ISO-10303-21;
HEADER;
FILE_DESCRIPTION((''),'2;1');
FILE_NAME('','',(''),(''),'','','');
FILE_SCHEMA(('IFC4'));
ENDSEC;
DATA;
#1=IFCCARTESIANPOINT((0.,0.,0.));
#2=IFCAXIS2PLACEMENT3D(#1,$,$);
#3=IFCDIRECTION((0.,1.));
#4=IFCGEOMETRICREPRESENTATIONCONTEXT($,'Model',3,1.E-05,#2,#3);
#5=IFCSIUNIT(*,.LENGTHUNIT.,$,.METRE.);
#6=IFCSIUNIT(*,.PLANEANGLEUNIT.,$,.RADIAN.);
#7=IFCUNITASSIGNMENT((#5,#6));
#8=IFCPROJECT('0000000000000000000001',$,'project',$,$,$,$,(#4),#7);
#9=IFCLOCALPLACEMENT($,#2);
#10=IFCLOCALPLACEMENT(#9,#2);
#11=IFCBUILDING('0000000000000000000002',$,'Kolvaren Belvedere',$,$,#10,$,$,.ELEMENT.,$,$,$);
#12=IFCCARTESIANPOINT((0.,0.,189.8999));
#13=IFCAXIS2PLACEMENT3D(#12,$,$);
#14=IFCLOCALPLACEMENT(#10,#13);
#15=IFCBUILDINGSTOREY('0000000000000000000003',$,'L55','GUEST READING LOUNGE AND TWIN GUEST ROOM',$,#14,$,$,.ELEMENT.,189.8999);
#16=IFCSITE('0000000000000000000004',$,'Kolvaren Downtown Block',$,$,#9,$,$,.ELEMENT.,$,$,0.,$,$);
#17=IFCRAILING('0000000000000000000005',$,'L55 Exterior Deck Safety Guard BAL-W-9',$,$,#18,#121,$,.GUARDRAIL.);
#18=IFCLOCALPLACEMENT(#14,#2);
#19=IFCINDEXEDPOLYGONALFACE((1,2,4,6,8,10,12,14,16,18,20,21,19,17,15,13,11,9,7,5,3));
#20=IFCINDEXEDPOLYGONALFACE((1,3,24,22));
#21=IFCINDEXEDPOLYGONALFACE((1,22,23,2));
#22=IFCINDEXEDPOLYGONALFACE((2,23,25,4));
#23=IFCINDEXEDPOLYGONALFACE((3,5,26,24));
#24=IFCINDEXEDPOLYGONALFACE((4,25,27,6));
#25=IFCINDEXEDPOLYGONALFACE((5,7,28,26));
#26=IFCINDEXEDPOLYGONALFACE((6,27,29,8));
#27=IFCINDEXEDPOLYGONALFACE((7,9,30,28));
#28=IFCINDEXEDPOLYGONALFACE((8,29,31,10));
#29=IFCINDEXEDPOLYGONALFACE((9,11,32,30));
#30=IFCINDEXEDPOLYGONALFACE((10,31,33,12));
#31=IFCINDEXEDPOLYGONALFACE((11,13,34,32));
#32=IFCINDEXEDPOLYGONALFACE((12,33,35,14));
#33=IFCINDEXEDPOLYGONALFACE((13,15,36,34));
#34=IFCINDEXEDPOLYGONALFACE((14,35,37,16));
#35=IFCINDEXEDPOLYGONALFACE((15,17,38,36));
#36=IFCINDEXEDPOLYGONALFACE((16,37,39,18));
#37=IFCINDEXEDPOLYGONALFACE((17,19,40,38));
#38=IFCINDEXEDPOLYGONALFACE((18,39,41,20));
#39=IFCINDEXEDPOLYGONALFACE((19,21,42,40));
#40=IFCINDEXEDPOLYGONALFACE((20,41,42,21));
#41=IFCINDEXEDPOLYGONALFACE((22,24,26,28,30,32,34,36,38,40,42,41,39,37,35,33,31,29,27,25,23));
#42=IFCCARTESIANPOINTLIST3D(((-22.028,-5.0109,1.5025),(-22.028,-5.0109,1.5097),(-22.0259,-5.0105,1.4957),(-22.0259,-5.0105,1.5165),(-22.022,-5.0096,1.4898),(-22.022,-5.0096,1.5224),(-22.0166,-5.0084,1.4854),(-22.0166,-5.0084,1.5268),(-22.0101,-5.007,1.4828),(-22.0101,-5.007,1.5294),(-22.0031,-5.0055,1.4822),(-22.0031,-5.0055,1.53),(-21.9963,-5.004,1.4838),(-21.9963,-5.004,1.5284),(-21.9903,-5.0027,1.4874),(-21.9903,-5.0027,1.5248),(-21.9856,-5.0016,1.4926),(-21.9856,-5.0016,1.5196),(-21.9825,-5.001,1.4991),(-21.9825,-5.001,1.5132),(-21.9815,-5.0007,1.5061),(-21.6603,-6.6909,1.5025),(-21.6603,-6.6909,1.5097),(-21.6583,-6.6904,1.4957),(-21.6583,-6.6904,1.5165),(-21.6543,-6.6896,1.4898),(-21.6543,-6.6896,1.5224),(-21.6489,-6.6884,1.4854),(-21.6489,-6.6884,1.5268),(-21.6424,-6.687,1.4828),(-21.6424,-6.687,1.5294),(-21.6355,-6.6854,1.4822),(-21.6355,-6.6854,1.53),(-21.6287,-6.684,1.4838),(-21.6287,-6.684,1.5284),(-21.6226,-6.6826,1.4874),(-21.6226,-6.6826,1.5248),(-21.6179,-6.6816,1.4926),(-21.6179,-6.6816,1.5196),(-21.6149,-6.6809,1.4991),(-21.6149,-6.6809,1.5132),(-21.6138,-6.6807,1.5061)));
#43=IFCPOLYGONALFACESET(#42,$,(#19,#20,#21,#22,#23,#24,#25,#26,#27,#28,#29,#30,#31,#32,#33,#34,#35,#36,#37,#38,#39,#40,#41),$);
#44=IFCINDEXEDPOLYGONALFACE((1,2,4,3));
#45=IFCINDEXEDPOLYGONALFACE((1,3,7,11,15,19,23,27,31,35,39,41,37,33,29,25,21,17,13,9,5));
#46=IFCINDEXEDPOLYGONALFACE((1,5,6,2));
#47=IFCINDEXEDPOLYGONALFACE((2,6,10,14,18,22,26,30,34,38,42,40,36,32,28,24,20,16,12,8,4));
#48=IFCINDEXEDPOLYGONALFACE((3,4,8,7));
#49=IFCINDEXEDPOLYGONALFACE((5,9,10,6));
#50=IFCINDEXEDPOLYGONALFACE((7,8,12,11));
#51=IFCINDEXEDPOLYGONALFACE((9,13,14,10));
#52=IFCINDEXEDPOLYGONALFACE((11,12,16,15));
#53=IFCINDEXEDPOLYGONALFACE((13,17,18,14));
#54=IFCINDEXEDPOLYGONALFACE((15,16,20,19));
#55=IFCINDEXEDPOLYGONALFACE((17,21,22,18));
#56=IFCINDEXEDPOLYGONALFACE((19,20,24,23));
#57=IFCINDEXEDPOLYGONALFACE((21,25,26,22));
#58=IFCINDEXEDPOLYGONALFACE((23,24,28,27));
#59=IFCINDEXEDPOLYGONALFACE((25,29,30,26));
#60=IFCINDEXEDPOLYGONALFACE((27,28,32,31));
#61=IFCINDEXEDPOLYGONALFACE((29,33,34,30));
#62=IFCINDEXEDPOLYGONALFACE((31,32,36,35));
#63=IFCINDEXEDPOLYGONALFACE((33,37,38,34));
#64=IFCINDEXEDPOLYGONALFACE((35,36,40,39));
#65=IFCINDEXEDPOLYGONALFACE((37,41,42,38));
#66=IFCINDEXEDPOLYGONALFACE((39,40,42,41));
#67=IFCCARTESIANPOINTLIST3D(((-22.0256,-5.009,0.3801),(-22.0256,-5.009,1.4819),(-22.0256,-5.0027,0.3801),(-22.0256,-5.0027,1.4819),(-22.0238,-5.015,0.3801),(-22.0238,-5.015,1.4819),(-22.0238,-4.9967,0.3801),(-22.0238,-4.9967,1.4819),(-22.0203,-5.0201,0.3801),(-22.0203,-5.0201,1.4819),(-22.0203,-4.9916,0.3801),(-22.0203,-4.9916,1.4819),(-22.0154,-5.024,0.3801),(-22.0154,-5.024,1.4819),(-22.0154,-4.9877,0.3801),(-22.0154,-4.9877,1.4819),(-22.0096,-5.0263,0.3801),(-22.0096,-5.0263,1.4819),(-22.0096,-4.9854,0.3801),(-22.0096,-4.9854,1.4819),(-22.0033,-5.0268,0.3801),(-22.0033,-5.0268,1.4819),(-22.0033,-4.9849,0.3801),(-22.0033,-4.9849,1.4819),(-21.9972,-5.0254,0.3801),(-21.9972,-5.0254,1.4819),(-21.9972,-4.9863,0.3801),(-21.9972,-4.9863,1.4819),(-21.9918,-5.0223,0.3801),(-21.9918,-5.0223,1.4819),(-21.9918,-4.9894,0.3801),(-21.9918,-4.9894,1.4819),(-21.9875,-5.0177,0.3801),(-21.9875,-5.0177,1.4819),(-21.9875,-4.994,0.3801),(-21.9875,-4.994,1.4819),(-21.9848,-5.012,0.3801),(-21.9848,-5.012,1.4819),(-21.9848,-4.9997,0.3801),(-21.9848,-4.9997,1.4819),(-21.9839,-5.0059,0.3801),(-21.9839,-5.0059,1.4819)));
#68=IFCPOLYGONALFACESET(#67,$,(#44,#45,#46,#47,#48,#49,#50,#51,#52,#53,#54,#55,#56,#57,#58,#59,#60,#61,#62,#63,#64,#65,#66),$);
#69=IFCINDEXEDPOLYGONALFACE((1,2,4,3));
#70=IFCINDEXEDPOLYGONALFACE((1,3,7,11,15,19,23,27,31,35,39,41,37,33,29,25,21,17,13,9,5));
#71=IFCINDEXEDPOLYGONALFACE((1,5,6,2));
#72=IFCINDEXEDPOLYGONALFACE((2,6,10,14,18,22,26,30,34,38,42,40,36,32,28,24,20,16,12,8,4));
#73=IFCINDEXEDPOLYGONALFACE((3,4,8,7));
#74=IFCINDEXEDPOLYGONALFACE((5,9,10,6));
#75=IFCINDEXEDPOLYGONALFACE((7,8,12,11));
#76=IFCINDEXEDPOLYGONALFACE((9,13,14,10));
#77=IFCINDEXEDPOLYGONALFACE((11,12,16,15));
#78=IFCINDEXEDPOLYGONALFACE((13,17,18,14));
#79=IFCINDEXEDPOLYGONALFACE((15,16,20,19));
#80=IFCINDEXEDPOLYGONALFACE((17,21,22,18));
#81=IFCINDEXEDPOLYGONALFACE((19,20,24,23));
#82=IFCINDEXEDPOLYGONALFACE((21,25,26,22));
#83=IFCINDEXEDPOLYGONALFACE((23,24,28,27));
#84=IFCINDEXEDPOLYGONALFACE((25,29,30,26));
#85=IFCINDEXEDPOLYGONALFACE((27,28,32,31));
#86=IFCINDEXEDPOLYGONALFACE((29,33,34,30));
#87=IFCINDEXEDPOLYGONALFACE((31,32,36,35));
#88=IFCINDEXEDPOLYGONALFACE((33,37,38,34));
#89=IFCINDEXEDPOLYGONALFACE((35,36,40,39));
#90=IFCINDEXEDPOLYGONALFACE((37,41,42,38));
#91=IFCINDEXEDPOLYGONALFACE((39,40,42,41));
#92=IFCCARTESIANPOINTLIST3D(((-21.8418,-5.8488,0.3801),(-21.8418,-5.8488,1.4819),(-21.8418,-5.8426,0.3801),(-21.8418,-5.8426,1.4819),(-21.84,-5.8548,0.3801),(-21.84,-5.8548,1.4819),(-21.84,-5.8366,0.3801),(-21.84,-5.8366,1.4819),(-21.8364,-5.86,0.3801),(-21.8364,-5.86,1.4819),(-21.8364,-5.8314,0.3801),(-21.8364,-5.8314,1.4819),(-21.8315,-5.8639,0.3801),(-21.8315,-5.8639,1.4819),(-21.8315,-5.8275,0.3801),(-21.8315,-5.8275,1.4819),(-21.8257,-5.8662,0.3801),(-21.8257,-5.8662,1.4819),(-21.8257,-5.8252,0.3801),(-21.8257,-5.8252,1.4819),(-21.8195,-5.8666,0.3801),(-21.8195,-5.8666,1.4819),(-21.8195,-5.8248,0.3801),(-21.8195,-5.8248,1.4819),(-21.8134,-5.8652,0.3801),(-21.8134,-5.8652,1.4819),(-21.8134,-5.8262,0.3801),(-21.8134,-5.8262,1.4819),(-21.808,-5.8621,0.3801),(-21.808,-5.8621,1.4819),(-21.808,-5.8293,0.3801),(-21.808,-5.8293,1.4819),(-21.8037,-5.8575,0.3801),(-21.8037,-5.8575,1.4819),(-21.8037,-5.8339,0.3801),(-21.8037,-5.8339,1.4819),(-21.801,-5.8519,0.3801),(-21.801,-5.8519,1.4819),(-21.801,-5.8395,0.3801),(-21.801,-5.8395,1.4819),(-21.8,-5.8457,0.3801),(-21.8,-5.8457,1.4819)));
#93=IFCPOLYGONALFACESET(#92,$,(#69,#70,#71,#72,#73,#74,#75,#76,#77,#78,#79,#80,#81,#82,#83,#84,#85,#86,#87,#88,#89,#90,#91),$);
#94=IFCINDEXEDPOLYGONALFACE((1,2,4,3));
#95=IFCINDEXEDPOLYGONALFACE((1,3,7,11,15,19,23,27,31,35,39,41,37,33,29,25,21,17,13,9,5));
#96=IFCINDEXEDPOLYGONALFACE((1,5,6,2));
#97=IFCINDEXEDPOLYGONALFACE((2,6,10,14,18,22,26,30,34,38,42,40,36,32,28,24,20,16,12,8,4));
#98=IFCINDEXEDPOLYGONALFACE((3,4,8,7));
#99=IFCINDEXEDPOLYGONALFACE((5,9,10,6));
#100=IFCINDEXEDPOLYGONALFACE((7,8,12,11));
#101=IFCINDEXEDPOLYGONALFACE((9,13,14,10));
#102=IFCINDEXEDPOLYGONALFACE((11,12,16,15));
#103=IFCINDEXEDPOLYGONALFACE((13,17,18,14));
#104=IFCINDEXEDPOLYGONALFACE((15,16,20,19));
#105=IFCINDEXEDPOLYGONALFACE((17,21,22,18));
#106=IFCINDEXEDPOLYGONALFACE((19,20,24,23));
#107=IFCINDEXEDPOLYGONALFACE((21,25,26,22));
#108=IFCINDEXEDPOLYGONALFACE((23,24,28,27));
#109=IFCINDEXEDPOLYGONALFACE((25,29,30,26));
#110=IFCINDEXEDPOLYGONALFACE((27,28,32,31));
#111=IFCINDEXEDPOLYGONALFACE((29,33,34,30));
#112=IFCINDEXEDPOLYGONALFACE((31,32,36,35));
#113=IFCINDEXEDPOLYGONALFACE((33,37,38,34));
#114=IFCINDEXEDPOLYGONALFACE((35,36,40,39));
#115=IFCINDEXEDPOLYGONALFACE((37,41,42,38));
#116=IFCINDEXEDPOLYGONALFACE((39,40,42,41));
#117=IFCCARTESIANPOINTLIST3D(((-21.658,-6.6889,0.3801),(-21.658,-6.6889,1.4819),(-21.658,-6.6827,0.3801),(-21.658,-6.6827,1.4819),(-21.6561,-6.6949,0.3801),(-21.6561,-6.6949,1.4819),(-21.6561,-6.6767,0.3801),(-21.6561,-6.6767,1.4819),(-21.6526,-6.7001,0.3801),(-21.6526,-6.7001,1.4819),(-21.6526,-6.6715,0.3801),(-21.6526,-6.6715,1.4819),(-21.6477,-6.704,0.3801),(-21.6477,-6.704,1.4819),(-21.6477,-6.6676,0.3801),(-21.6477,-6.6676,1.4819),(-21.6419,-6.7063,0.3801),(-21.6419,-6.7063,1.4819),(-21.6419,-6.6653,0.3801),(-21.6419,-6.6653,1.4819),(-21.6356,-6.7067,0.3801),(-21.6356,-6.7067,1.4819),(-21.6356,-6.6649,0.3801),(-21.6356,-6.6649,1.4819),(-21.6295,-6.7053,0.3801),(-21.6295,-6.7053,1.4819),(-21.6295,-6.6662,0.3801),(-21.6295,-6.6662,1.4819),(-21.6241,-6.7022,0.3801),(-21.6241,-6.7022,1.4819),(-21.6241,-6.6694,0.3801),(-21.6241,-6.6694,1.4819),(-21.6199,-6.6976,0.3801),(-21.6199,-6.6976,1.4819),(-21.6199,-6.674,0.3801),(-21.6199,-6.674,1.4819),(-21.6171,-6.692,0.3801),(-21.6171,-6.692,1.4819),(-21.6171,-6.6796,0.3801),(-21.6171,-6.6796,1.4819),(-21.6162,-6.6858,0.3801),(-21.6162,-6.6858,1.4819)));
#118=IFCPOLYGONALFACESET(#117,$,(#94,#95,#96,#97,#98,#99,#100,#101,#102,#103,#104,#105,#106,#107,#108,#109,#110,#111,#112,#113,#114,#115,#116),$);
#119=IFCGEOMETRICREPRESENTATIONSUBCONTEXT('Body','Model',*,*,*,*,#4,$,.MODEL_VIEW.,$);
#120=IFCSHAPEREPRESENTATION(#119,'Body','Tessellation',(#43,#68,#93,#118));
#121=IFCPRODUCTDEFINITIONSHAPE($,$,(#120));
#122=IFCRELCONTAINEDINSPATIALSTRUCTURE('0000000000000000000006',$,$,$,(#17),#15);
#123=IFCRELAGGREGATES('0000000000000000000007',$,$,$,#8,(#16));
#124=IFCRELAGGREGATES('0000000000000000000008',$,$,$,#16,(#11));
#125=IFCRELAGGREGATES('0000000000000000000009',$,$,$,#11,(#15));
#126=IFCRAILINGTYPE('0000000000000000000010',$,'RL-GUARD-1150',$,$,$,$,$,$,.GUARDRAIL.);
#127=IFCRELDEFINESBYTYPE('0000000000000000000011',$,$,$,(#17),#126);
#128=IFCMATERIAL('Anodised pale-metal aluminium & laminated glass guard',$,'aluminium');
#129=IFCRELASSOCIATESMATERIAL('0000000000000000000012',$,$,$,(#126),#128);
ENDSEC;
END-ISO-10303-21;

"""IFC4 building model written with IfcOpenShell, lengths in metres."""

from ifc_helpers import new_model, si_unit, direction, frame, origin, origin_2d, place, context, subcontext, project, spatial, circle, extrude, material, type_object, element, save


model = new_model("IFC4")

# Units and contexts
model_context = context("Model", 3, precision=1e-05, world=origin(), true_north=direction((0.0, 1.0)))
body_context = subcontext(model_context, "Body", "Model", "MODEL_VIEW")
ifc_project = project(units=[si_unit("LENGTHUNIT", "METRE"), si_unit("PLANEANGLEUNIT", "RADIAN")], contexts=[model_context])

# Site, building, storey
site_placement = place(None, origin())
site = spatial("IfcSite", under=ifc_project, at=site_placement, Name="Kolvaren Downtown Block", CompositionType="ELEMENT", RefElevation=0.0)
building_placement = place(site_placement, origin())
building = spatial("IfcBuilding", under=site, at=building_placement, Name="Kolvaren Belvedere", CompositionType="ELEMENT")
storey_placement = place(building_placement, frame((0.0, 0.0, 189.8999)))
storey = spatial("IfcBuildingStorey", under=building, at=storey_placement, Name="L55", Description="GUEST READING LOUNGE AND TWIN GUEST ROOM", CompositionType="ELEMENT", Elevation=189.8999)

# Railing
ifc_material_1 = material(Name="Anodised pale-metal aluminium & laminated glass guard", Category="aluminium")
railing_type = type_object("IfcRailingType", Name="RL-GUARD-1150", PredefinedType="GUARDRAIL", material=ifc_material_1)
railing_1_placement = place(storey_placement, frame((-22.0049, -5.0059, 0.3801)))
element("IfcRailing", 1, at=railing_1_placement, inside=storey, type_object=railing_type, Name="L55 Exterior Deck Safety Guard BAL-W-9", PredefinedType="GUARDRAIL", context=body_context, shape_type="SweptSolid", body=[
    extrude(circle(Radius=0.0239, at=origin_2d()), frame((0.0, 0.0, 1.126), z_axis=(0.213803, -0.976877, 0.0), x_axis=(0.976877, 0.213803, 0.0)), (0.0, 0.0, 1.0), 1.7197),
    extrude(circle(Radius=0.021, at=origin_2d()), origin(), (0.0, 0.0, 1.0), 1.1018),
    extrude(circle(Radius=0.021, at=origin_2d()), frame((0.1838, -0.8398, 0.0)), (0.0, 0.0, 1.0), 1.1018),
    extrude(circle(Radius=0.021, at=origin_2d()), frame((0.3677, -1.6799, 0.0)), (0.0, 0.0, 1.0), 1.1018),
])

save(model, "model.ifc")
